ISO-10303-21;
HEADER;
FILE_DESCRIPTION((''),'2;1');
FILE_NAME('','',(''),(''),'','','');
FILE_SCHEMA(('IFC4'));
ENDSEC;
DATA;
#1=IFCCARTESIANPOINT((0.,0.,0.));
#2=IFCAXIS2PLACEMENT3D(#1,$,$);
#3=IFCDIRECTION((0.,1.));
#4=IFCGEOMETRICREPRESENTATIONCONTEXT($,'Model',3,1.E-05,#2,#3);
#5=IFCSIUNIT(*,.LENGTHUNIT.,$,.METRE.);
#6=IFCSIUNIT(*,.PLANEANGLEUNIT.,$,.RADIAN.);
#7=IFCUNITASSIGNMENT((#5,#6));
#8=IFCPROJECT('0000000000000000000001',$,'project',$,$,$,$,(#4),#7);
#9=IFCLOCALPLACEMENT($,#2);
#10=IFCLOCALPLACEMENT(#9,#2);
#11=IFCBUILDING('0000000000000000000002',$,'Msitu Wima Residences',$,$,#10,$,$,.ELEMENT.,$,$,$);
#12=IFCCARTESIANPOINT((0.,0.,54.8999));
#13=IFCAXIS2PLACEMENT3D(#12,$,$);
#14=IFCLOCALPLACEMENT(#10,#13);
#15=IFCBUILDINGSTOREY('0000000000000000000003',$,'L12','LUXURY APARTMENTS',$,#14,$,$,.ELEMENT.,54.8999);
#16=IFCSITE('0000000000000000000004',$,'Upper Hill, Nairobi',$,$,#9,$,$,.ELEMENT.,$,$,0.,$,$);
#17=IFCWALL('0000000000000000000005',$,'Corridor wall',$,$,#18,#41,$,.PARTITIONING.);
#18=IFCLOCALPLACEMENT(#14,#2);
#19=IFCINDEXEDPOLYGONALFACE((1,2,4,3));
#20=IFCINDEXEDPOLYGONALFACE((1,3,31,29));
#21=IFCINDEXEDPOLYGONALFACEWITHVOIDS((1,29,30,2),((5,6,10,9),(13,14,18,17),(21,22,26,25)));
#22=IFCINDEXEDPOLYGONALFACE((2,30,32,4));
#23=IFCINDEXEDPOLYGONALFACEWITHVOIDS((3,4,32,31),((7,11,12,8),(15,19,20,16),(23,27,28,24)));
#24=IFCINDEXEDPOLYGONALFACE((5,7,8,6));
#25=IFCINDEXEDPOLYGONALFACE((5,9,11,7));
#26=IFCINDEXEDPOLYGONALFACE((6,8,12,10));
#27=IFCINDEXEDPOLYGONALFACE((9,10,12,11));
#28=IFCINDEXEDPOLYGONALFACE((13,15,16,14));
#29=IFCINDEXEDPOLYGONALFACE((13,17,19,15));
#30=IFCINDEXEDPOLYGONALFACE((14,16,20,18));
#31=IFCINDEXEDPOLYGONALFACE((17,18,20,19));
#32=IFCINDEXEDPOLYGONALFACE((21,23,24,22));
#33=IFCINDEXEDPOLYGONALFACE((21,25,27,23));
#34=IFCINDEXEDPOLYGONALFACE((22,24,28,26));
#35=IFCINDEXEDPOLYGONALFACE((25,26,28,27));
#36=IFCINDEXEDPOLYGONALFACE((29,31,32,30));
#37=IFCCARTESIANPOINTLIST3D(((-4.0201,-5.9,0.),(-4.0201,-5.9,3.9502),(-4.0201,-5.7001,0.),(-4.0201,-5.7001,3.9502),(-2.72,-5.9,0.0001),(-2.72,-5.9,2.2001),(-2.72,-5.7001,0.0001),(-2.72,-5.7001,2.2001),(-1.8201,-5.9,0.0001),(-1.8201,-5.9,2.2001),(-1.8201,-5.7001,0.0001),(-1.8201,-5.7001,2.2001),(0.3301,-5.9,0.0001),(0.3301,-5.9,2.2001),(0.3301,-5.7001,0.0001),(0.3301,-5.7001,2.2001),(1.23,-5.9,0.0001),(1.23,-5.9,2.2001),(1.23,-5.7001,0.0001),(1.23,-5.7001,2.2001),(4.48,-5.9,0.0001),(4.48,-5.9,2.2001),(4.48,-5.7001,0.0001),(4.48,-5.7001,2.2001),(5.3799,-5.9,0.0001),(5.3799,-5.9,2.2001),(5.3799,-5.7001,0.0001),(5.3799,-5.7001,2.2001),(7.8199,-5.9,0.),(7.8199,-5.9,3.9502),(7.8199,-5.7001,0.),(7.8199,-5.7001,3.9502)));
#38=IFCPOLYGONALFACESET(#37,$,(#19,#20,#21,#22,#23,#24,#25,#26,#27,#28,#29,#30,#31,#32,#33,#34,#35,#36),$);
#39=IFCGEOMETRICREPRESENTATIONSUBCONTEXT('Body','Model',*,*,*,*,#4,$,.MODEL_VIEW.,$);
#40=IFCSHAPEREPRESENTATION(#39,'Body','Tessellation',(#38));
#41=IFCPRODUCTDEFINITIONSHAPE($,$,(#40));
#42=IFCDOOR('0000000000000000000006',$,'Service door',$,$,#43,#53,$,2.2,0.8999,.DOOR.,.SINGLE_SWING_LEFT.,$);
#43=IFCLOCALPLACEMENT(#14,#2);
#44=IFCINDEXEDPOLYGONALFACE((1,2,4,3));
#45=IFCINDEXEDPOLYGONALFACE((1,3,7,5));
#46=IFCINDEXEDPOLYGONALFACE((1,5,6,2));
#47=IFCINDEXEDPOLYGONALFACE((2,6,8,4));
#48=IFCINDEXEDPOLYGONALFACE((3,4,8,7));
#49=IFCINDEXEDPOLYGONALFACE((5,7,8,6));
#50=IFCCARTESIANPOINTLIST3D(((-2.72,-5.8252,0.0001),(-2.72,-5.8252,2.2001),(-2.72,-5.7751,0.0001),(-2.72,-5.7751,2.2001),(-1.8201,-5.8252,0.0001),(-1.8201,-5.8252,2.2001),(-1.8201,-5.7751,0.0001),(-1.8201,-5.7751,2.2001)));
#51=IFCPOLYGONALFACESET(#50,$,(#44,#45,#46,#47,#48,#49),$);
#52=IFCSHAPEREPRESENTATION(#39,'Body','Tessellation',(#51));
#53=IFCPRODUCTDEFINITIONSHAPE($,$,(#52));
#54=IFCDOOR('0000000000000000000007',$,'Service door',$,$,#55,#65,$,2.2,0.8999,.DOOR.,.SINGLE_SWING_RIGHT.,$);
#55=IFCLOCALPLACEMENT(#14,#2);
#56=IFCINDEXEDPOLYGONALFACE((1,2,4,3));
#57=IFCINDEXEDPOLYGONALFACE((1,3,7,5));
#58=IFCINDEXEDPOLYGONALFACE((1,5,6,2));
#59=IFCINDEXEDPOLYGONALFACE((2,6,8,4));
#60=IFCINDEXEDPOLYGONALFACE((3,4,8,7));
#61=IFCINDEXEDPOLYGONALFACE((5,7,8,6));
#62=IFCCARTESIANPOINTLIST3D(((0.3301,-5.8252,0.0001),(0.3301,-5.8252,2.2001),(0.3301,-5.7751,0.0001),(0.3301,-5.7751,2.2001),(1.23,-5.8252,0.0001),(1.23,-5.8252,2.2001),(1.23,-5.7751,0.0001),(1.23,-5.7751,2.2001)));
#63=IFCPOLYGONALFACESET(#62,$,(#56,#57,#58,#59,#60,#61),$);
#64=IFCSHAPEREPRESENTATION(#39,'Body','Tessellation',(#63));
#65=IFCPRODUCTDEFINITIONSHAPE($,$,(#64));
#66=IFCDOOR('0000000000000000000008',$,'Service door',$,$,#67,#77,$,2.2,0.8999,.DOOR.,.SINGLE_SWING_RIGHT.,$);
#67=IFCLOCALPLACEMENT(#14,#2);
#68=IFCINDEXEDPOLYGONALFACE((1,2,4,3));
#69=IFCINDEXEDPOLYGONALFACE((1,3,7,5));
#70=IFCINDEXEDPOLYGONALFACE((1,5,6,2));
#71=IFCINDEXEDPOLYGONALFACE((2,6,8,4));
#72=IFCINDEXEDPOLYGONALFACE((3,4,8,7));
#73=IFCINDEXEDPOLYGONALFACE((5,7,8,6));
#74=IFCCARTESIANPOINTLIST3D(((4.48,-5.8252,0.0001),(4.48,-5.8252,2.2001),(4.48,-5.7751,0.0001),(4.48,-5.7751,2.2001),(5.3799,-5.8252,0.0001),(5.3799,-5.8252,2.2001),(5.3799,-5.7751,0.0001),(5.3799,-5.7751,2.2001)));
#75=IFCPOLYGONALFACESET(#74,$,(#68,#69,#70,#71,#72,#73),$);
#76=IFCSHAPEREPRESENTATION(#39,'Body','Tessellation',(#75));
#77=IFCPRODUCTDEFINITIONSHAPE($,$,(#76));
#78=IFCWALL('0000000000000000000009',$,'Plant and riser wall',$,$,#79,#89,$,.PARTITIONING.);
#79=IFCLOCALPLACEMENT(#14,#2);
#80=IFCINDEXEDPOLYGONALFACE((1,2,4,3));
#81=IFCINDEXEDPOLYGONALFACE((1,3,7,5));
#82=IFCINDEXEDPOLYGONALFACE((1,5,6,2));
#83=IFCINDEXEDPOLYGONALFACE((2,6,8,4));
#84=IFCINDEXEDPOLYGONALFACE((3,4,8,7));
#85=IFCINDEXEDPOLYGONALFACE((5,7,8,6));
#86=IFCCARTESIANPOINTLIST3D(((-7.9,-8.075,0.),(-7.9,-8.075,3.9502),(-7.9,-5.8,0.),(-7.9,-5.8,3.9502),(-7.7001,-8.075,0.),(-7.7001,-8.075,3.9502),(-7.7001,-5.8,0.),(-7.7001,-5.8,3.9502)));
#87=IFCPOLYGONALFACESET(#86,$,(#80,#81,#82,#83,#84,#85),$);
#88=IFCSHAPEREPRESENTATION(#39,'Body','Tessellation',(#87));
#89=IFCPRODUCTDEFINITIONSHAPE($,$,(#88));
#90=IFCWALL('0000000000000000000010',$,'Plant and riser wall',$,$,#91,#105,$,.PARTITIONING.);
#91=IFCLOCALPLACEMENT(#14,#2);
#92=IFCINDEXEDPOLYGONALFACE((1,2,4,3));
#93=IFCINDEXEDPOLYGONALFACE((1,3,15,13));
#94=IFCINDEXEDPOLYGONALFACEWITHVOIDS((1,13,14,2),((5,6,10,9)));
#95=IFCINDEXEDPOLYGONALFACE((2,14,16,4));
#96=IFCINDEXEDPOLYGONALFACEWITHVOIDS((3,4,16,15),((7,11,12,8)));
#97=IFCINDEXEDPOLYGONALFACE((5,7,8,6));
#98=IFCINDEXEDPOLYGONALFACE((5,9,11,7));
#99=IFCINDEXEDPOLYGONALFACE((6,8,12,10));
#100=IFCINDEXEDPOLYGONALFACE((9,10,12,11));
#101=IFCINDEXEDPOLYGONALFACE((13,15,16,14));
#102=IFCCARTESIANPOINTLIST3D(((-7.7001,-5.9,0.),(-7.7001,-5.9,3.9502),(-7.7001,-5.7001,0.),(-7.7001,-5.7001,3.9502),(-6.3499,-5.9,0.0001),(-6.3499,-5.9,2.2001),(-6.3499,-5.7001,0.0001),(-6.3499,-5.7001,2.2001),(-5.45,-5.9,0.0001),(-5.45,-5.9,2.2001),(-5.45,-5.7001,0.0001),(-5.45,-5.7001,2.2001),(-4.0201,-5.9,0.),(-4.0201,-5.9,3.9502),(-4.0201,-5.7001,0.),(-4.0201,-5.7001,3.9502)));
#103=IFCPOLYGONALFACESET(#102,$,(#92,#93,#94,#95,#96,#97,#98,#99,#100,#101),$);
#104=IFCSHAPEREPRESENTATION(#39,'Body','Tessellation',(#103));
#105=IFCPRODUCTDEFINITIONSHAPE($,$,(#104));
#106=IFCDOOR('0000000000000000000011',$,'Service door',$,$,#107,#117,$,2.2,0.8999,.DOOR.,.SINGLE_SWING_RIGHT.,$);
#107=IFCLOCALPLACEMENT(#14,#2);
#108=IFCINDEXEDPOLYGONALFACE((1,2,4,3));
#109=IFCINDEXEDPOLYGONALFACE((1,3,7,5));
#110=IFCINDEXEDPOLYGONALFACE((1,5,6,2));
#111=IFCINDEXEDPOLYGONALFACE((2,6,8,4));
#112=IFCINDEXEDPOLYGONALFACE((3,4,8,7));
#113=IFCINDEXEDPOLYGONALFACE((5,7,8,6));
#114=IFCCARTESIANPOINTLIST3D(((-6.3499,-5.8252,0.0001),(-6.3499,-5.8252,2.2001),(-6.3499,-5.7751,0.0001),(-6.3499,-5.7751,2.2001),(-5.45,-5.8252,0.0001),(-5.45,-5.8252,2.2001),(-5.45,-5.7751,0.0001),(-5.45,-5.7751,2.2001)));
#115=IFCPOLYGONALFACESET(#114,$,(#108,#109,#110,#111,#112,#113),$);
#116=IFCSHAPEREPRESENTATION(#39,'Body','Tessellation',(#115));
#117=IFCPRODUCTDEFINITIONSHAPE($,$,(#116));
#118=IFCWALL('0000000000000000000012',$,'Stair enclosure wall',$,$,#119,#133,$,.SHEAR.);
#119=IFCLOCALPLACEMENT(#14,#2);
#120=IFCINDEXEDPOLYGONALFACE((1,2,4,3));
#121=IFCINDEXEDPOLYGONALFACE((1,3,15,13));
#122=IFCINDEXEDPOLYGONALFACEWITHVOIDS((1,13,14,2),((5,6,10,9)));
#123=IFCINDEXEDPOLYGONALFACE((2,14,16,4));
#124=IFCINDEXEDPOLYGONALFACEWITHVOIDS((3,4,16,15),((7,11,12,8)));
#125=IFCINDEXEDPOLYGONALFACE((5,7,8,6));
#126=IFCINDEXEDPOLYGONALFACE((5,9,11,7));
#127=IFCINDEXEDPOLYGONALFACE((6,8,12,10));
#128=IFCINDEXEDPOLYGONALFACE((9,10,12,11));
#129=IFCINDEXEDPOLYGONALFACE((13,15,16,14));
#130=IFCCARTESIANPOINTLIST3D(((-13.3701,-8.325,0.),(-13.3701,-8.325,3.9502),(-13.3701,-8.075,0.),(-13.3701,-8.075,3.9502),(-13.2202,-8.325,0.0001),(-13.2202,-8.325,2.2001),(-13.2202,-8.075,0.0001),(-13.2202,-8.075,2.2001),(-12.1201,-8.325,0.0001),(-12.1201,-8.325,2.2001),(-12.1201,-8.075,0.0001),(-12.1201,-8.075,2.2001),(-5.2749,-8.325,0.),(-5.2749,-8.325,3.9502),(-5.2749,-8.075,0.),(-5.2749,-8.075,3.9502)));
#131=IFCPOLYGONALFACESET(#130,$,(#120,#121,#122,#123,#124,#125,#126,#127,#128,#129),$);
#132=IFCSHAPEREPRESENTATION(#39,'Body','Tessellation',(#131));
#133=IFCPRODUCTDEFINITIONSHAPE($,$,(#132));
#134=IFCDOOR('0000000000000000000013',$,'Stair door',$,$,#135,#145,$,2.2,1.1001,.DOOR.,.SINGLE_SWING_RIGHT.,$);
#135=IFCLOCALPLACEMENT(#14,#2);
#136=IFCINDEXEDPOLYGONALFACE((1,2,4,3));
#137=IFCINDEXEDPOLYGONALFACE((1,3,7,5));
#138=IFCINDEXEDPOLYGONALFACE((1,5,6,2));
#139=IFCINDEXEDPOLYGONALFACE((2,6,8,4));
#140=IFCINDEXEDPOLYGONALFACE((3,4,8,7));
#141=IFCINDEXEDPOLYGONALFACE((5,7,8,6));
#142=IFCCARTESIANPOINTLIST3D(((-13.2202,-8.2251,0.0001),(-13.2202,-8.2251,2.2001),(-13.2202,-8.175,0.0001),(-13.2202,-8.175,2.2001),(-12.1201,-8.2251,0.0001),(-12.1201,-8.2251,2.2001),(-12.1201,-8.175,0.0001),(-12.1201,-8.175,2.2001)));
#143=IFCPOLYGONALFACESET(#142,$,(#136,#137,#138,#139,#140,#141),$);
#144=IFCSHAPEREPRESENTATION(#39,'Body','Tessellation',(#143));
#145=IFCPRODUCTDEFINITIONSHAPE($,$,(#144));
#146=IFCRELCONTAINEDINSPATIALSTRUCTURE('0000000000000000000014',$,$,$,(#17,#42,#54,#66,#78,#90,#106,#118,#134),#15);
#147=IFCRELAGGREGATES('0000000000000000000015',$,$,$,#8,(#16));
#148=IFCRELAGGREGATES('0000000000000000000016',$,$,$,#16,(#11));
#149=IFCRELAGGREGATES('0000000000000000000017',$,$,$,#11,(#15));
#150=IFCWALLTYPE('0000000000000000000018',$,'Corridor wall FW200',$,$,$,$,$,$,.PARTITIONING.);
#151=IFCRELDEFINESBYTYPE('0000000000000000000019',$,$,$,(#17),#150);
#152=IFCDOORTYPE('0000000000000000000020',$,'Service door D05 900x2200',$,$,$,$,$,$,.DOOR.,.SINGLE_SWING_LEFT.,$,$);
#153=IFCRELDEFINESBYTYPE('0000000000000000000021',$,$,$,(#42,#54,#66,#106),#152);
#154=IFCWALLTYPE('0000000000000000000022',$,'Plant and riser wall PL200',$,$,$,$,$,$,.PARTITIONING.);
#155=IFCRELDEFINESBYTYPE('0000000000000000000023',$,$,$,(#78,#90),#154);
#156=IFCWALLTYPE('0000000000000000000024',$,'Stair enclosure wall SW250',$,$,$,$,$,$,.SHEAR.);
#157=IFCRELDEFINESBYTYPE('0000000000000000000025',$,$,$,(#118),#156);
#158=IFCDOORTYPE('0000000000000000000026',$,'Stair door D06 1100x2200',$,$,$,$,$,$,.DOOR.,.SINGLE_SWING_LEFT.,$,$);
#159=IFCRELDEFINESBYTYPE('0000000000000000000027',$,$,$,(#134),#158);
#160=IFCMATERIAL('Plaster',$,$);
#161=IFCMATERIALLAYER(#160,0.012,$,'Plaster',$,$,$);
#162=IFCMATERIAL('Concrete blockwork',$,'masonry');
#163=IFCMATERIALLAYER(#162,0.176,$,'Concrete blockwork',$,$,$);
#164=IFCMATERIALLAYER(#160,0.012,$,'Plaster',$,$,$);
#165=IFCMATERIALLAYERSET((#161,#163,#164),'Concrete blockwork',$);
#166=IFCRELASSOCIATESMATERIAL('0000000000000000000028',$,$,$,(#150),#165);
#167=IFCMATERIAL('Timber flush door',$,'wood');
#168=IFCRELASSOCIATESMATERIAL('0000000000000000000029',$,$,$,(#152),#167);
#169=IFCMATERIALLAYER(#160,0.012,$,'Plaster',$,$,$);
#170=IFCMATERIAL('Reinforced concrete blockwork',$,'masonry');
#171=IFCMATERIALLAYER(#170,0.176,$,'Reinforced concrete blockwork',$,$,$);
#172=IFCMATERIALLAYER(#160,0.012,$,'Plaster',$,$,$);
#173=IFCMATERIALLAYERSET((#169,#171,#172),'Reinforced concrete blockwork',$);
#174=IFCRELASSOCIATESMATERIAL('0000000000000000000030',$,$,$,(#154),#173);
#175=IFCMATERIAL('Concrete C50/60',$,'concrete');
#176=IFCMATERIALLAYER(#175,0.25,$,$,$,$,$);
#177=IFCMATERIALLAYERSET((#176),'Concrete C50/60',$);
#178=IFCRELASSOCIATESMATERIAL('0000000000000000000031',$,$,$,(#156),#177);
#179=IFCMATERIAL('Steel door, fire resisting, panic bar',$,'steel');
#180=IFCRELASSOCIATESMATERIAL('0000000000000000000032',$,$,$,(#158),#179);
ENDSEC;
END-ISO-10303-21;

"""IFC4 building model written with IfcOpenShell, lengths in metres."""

from ifc_helpers import new_model, si_unit, direction, frame, frame_2d, origin, place, context, subcontext, project, spatial, rectangle, extrude, material, layer, layer_set, type_object, element, fill, save


model = new_model("IFC4")

# Units and contexts
model_context = context("Model", 3, precision=1e-05, world=origin(), true_north=direction((0.0, 1.0)))
body_context = subcontext(model_context, "Body", "Model", "MODEL_VIEW")
ifc_project = project(units=[si_unit("LENGTHUNIT", "METRE"), si_unit("PLANEANGLEUNIT", "RADIAN")], contexts=[model_context])

# Site, building, storey
site_placement = place(None, origin())
site = spatial("IfcSite", under=ifc_project, at=site_placement, Name="Upper Hill, Nairobi", CompositionType="ELEMENT", RefElevation=0.0)
building_placement = place(site_placement, origin())
building = spatial("IfcBuilding", under=site, at=building_placement, Name="Msitu Wima Residences", CompositionType="ELEMENT")
storey_placement = place(building_placement, frame((0.0, 0.0, 54.8999)))
storey = spatial("IfcBuildingStorey", under=building, at=storey_placement, Name="L12", Description="LUXURY APARTMENTS", CompositionType="ELEMENT", Elevation=54.8999)

# Shared definitions
ifc_material_1 = material(Name="Plaster")
ifc_layer_1 = layer(ifc_material_1, 0.012, Name="Plaster")
ifc_material_2 = material(Name="Concrete blockwork", Category="masonry")
ifc_layer_2 = layer(ifc_material_2, 0.176, Name="Concrete blockwork")
ifc_layer_3 = layer(ifc_material_1, 0.012, Name="Plaster")
ifc_layer_set_1 = layer_set([ifc_layer_1, ifc_layer_2, ifc_layer_3], Name="Concrete blockwork")
wall_type_1 = type_object("IfcWallType", Name="Corridor wall FW200", PredefinedType="PARTITIONING", material=ifc_layer_set_1)

# Wall, openings, doors
wall_1_placement = place(storey_placement, frame((-4.02, -5.8, 0.0), z_axis=(0.0, 0.0, 1.0), x_axis=(1.0, 0.0, 0.0)))
wall_1 = element("IfcWall", 1, at=wall_1_placement, inside=storey, type_object=wall_type_1, Name="Corridor wall", PredefinedType="PARTITIONING", context=body_context, shape_type="SweptSolid", body=[
    extrude(rectangle(XDim=11.8401, YDim=0.2, at=frame_2d((5.9199, 0.0))), origin(), (0.0, 0.0, 1.0), 3.9502),
])
opening_1_placement = place(wall_1_placement, frame((1.3, 0.0, 0.0)))
opening_1 = element("IfcOpeningElement", 2, at=opening_1_placement, cuts=wall_1, PredefinedType="OPENING", context=body_context, shape_type="SweptSolid", body=[
    extrude(rectangle(XDim=0.8999, YDim=2.2, at=frame_2d((0.45, 1.1001))), frame((0.0, 0.1099, 0.0), z_axis=(0.0, -1.0, 0.0), x_axis=(1.0, 0.0, 0.0)), (0.0, 0.0, 1.0), 0.22),
])
opening_2_placement = place(wall_1_placement, frame((4.3501, 0.0, 0.0)))
opening_2 = element("IfcOpeningElement", 3, at=opening_2_placement, cuts=wall_1, PredefinedType="OPENING", context=body_context, shape_type="SweptSolid", body=[
    extrude(rectangle(XDim=0.8999, YDim=2.2, at=frame_2d((0.45, 1.1001))), frame((0.0, 0.1099, 0.0), z_axis=(0.0, -1.0, 0.0), x_axis=(1.0, 0.0, 0.0)), (0.0, 0.0, 1.0), 0.22),
])
opening_3_placement = place(wall_1_placement, frame((8.5, 0.0, 0.0)))
opening_3 = element("IfcOpeningElement", 4, at=opening_3_placement, cuts=wall_1, PredefinedType="OPENING", context=body_context, shape_type="SweptSolid", body=[
    extrude(rectangle(XDim=0.8999, YDim=2.2, at=frame_2d((0.45, 1.1001))), frame((0.0, 0.1099, 0.0), z_axis=(0.0, -1.0, 0.0), x_axis=(1.0, 0.0, 0.0)), (0.0, 0.0, 1.0), 0.22),
])
ifc_material_3 = material(Name="Timber flush door", Category="wood")
door_type_1 = type_object("IfcDoorType", Name="Service door D05 900x2200", OperationType="SINGLE_SWING_LEFT", PredefinedType="DOOR", material=ifc_material_3)
door_1_placement = place(opening_1_placement, origin())
door_1 = element("IfcDoor", 5, at=door_1_placement, inside=storey, type_object=door_type_1, Name="Service door", OperationType="SINGLE_SWING_LEFT", OverallHeight=2.2, OverallWidth=0.8999, PredefinedType="DOOR", context=body_context, shape_type="SweptSolid", body=[
    extrude(rectangle(XDim=0.8999, YDim=2.2, at=frame_2d((0.45, 1.1001))), frame((0.0, 0.0249, 0.0), z_axis=(0.0, -1.0, 0.0), x_axis=(1.0, 0.0, 0.0)), (0.0, 0.0, 1.0), 0.05),
])
fill(opening_1, door_1)
door_2_placement = place(opening_2_placement, origin())
door_2 = element("IfcDoor", 6, at=door_2_placement, inside=storey, type_object=door_type_1, Name="Service door", OperationType="SINGLE_SWING_RIGHT", OverallHeight=2.2, OverallWidth=0.8999, PredefinedType="DOOR", context=body_context, shape_type="SweptSolid", body=[
    extrude(rectangle(XDim=0.8999, YDim=2.2, at=frame_2d((0.45, 1.1001))), frame((0.0, 0.0249, 0.0), z_axis=(0.0, -1.0, 0.0), x_axis=(1.0, 0.0, 0.0)), (0.0, 0.0, 1.0), 0.05),
])
fill(opening_2, door_2)
door_3_placement = place(opening_3_placement, origin())
door_3 = element("IfcDoor", 7, at=door_3_placement, inside=storey, type_object=door_type_1, Name="Service door", OperationType="SINGLE_SWING_RIGHT", OverallHeight=2.2, OverallWidth=0.8999, PredefinedType="DOOR", context=body_context, shape_type="SweptSolid", body=[
    extrude(rectangle(XDim=0.8999, YDim=2.2, at=frame_2d((0.45, 1.1001))), frame((0.0, 0.0249, 0.0), z_axis=(0.0, -1.0, 0.0), x_axis=(1.0, 0.0, 0.0)), (0.0, 0.0, 1.0), 0.05),
])
fill(opening_3, door_3)

# Wall
ifc_layer_4 = layer(ifc_material_1, 0.012, Name="Plaster")
ifc_material_4 = material(Name="Reinforced concrete blockwork", Category="masonry")
ifc_layer_5 = layer(ifc_material_4, 0.176, Name="Reinforced concrete blockwork")
ifc_layer_6 = layer(ifc_material_1, 0.012, Name="Plaster")
ifc_layer_set_2 = layer_set([ifc_layer_4, ifc_layer_5, ifc_layer_6], Name="Reinforced concrete blockwork")
wall_type_2 = type_object("IfcWallType", Name="Plant and riser wall PL200", PredefinedType="PARTITIONING", material=ifc_layer_set_2)
wall_2_placement = place(storey_placement, frame((-7.8, -8.075, 0.0), z_axis=(0.0, 0.0, 1.0), x_axis=(0.0, 1.0, 0.0)))
element("IfcWall", 8, at=wall_2_placement, inside=storey, type_object=wall_type_2, Name="Plant and riser wall", PredefinedType="PARTITIONING", context=body_context, shape_type="SweptSolid", body=[
    extrude(rectangle(XDim=2.2749, YDim=0.2, at=frame_2d((1.1375, 0.0))), origin(), (0.0, 0.0, 1.0), 3.9502),
])

# Walls, openings, doors
wall_3_placement = place(storey_placement, frame((-7.7, -5.8, 0.0), z_axis=(0.0, 0.0, 1.0), x_axis=(1.0, 0.0, 0.0)))
wall_3 = element("IfcWall", 9, at=wall_3_placement, inside=storey, type_object=wall_type_2, Name="Plant and riser wall", PredefinedType="PARTITIONING", context=body_context, shape_type="SweptSolid", body=[
    extrude(rectangle(XDim=3.6799, YDim=0.2, at=frame_2d((1.8398, 0.0))), origin(), (0.0, 0.0, 1.0), 3.9502),
])
opening_4_placement = place(wall_3_placement, frame((1.3501, 0.0, 0.0)))
opening_4 = element("IfcOpeningElement", 10, at=opening_4_placement, cuts=wall_3, PredefinedType="OPENING", context=body_context, shape_type="SweptSolid", body=[
    extrude(rectangle(XDim=0.8999, YDim=2.2, at=frame_2d((0.45, 1.1001))), frame((0.0, 0.1099, 0.0), z_axis=(0.0, -1.0, 0.0), x_axis=(1.0, 0.0, 0.0)), (0.0, 0.0, 1.0), 0.22),
])
door_4_placement = place(opening_4_placement, origin())
door_4 = element("IfcDoor", 11, at=door_4_placement, inside=storey, type_object=door_type_1, Name="Service door", OperationType="SINGLE_SWING_RIGHT", OverallHeight=2.2, OverallWidth=0.8999, PredefinedType="DOOR", context=body_context, shape_type="SweptSolid", body=[
    extrude(rectangle(XDim=0.8999, YDim=2.2, at=frame_2d((0.45, 1.1001))), frame((0.0, 0.0249, 0.0), z_axis=(0.0, -1.0, 0.0), x_axis=(1.0, 0.0, 0.0)), (0.0, 0.0, 1.0), 0.05),
])
fill(opening_4, door_4)
ifc_material_5 = material(Name="Concrete C50/60", Category="concrete")
ifc_layer_7 = layer(ifc_material_5, 0.25)
ifc_layer_set_3 = layer_set([ifc_layer_7], Name="Concrete C50/60")
wall_type_3 = type_object("IfcWallType", Name="Stair enclosure wall SW250", PredefinedType="SHEAR", material=ifc_layer_set_3)
wall_4_placement = place(storey_placement, frame((-13.3701, -8.2, 0.0), z_axis=(0.0, 0.0, 1.0), x_axis=(1.0, 0.0, 0.0)))
wall_4 = element("IfcWall", 12, at=wall_4_placement, inside=storey, type_object=wall_type_3, Name="Stair enclosure wall", PredefinedType="SHEAR", context=body_context, shape_type="SweptSolid", body=[
    extrude(rectangle(XDim=8.0952, YDim=0.25, at=frame_2d((4.0476, 0.0))), origin(), (0.0, 0.0, 1.0), 3.9502),
])
opening_5_placement = place(wall_4_placement, frame((0.1499, 0.0, 0.0)))
opening_5 = element("IfcOpeningElement", 13, at=opening_5_placement, cuts=wall_4, PredefinedType="OPENING", context=body_context, shape_type="SweptSolid", body=[
    extrude(rectangle(XDim=1.1001, YDim=2.2, at=frame_2d((0.55, 1.1001))), frame((0.0, 0.135, 0.0), z_axis=(0.0, -1.0, 0.0), x_axis=(1.0, 0.0, 0.0)), (0.0, 0.0, 1.0), 0.27),
])
ifc_material_6 = material(Name="Steel door, fire resisting, panic bar", Category="steel")
door_type_2 = type_object("IfcDoorType", Name="Stair door D06 1100x2200", OperationType="SINGLE_SWING_LEFT", PredefinedType="DOOR", material=ifc_material_6)
door_5_placement = place(opening_5_placement, origin())
door_5 = element("IfcDoor", 14, at=door_5_placement, inside=storey, type_object=door_type_2, Name="Stair door", OperationType="SINGLE_SWING_RIGHT", OverallHeight=2.2, OverallWidth=1.1001, PredefinedType="DOOR", context=body_context, shape_type="SweptSolid", body=[
    extrude(rectangle(XDim=1.1001, YDim=2.2, at=frame_2d((0.55, 1.1001))), frame((0.0, 0.0249, 0.0), z_axis=(0.0, -1.0, 0.0), x_axis=(1.0, 0.0, 0.0)), (0.0, 0.0, 1.0), 0.05),
])
fill(opening_5, door_5)

save(model, "model.ifc")
